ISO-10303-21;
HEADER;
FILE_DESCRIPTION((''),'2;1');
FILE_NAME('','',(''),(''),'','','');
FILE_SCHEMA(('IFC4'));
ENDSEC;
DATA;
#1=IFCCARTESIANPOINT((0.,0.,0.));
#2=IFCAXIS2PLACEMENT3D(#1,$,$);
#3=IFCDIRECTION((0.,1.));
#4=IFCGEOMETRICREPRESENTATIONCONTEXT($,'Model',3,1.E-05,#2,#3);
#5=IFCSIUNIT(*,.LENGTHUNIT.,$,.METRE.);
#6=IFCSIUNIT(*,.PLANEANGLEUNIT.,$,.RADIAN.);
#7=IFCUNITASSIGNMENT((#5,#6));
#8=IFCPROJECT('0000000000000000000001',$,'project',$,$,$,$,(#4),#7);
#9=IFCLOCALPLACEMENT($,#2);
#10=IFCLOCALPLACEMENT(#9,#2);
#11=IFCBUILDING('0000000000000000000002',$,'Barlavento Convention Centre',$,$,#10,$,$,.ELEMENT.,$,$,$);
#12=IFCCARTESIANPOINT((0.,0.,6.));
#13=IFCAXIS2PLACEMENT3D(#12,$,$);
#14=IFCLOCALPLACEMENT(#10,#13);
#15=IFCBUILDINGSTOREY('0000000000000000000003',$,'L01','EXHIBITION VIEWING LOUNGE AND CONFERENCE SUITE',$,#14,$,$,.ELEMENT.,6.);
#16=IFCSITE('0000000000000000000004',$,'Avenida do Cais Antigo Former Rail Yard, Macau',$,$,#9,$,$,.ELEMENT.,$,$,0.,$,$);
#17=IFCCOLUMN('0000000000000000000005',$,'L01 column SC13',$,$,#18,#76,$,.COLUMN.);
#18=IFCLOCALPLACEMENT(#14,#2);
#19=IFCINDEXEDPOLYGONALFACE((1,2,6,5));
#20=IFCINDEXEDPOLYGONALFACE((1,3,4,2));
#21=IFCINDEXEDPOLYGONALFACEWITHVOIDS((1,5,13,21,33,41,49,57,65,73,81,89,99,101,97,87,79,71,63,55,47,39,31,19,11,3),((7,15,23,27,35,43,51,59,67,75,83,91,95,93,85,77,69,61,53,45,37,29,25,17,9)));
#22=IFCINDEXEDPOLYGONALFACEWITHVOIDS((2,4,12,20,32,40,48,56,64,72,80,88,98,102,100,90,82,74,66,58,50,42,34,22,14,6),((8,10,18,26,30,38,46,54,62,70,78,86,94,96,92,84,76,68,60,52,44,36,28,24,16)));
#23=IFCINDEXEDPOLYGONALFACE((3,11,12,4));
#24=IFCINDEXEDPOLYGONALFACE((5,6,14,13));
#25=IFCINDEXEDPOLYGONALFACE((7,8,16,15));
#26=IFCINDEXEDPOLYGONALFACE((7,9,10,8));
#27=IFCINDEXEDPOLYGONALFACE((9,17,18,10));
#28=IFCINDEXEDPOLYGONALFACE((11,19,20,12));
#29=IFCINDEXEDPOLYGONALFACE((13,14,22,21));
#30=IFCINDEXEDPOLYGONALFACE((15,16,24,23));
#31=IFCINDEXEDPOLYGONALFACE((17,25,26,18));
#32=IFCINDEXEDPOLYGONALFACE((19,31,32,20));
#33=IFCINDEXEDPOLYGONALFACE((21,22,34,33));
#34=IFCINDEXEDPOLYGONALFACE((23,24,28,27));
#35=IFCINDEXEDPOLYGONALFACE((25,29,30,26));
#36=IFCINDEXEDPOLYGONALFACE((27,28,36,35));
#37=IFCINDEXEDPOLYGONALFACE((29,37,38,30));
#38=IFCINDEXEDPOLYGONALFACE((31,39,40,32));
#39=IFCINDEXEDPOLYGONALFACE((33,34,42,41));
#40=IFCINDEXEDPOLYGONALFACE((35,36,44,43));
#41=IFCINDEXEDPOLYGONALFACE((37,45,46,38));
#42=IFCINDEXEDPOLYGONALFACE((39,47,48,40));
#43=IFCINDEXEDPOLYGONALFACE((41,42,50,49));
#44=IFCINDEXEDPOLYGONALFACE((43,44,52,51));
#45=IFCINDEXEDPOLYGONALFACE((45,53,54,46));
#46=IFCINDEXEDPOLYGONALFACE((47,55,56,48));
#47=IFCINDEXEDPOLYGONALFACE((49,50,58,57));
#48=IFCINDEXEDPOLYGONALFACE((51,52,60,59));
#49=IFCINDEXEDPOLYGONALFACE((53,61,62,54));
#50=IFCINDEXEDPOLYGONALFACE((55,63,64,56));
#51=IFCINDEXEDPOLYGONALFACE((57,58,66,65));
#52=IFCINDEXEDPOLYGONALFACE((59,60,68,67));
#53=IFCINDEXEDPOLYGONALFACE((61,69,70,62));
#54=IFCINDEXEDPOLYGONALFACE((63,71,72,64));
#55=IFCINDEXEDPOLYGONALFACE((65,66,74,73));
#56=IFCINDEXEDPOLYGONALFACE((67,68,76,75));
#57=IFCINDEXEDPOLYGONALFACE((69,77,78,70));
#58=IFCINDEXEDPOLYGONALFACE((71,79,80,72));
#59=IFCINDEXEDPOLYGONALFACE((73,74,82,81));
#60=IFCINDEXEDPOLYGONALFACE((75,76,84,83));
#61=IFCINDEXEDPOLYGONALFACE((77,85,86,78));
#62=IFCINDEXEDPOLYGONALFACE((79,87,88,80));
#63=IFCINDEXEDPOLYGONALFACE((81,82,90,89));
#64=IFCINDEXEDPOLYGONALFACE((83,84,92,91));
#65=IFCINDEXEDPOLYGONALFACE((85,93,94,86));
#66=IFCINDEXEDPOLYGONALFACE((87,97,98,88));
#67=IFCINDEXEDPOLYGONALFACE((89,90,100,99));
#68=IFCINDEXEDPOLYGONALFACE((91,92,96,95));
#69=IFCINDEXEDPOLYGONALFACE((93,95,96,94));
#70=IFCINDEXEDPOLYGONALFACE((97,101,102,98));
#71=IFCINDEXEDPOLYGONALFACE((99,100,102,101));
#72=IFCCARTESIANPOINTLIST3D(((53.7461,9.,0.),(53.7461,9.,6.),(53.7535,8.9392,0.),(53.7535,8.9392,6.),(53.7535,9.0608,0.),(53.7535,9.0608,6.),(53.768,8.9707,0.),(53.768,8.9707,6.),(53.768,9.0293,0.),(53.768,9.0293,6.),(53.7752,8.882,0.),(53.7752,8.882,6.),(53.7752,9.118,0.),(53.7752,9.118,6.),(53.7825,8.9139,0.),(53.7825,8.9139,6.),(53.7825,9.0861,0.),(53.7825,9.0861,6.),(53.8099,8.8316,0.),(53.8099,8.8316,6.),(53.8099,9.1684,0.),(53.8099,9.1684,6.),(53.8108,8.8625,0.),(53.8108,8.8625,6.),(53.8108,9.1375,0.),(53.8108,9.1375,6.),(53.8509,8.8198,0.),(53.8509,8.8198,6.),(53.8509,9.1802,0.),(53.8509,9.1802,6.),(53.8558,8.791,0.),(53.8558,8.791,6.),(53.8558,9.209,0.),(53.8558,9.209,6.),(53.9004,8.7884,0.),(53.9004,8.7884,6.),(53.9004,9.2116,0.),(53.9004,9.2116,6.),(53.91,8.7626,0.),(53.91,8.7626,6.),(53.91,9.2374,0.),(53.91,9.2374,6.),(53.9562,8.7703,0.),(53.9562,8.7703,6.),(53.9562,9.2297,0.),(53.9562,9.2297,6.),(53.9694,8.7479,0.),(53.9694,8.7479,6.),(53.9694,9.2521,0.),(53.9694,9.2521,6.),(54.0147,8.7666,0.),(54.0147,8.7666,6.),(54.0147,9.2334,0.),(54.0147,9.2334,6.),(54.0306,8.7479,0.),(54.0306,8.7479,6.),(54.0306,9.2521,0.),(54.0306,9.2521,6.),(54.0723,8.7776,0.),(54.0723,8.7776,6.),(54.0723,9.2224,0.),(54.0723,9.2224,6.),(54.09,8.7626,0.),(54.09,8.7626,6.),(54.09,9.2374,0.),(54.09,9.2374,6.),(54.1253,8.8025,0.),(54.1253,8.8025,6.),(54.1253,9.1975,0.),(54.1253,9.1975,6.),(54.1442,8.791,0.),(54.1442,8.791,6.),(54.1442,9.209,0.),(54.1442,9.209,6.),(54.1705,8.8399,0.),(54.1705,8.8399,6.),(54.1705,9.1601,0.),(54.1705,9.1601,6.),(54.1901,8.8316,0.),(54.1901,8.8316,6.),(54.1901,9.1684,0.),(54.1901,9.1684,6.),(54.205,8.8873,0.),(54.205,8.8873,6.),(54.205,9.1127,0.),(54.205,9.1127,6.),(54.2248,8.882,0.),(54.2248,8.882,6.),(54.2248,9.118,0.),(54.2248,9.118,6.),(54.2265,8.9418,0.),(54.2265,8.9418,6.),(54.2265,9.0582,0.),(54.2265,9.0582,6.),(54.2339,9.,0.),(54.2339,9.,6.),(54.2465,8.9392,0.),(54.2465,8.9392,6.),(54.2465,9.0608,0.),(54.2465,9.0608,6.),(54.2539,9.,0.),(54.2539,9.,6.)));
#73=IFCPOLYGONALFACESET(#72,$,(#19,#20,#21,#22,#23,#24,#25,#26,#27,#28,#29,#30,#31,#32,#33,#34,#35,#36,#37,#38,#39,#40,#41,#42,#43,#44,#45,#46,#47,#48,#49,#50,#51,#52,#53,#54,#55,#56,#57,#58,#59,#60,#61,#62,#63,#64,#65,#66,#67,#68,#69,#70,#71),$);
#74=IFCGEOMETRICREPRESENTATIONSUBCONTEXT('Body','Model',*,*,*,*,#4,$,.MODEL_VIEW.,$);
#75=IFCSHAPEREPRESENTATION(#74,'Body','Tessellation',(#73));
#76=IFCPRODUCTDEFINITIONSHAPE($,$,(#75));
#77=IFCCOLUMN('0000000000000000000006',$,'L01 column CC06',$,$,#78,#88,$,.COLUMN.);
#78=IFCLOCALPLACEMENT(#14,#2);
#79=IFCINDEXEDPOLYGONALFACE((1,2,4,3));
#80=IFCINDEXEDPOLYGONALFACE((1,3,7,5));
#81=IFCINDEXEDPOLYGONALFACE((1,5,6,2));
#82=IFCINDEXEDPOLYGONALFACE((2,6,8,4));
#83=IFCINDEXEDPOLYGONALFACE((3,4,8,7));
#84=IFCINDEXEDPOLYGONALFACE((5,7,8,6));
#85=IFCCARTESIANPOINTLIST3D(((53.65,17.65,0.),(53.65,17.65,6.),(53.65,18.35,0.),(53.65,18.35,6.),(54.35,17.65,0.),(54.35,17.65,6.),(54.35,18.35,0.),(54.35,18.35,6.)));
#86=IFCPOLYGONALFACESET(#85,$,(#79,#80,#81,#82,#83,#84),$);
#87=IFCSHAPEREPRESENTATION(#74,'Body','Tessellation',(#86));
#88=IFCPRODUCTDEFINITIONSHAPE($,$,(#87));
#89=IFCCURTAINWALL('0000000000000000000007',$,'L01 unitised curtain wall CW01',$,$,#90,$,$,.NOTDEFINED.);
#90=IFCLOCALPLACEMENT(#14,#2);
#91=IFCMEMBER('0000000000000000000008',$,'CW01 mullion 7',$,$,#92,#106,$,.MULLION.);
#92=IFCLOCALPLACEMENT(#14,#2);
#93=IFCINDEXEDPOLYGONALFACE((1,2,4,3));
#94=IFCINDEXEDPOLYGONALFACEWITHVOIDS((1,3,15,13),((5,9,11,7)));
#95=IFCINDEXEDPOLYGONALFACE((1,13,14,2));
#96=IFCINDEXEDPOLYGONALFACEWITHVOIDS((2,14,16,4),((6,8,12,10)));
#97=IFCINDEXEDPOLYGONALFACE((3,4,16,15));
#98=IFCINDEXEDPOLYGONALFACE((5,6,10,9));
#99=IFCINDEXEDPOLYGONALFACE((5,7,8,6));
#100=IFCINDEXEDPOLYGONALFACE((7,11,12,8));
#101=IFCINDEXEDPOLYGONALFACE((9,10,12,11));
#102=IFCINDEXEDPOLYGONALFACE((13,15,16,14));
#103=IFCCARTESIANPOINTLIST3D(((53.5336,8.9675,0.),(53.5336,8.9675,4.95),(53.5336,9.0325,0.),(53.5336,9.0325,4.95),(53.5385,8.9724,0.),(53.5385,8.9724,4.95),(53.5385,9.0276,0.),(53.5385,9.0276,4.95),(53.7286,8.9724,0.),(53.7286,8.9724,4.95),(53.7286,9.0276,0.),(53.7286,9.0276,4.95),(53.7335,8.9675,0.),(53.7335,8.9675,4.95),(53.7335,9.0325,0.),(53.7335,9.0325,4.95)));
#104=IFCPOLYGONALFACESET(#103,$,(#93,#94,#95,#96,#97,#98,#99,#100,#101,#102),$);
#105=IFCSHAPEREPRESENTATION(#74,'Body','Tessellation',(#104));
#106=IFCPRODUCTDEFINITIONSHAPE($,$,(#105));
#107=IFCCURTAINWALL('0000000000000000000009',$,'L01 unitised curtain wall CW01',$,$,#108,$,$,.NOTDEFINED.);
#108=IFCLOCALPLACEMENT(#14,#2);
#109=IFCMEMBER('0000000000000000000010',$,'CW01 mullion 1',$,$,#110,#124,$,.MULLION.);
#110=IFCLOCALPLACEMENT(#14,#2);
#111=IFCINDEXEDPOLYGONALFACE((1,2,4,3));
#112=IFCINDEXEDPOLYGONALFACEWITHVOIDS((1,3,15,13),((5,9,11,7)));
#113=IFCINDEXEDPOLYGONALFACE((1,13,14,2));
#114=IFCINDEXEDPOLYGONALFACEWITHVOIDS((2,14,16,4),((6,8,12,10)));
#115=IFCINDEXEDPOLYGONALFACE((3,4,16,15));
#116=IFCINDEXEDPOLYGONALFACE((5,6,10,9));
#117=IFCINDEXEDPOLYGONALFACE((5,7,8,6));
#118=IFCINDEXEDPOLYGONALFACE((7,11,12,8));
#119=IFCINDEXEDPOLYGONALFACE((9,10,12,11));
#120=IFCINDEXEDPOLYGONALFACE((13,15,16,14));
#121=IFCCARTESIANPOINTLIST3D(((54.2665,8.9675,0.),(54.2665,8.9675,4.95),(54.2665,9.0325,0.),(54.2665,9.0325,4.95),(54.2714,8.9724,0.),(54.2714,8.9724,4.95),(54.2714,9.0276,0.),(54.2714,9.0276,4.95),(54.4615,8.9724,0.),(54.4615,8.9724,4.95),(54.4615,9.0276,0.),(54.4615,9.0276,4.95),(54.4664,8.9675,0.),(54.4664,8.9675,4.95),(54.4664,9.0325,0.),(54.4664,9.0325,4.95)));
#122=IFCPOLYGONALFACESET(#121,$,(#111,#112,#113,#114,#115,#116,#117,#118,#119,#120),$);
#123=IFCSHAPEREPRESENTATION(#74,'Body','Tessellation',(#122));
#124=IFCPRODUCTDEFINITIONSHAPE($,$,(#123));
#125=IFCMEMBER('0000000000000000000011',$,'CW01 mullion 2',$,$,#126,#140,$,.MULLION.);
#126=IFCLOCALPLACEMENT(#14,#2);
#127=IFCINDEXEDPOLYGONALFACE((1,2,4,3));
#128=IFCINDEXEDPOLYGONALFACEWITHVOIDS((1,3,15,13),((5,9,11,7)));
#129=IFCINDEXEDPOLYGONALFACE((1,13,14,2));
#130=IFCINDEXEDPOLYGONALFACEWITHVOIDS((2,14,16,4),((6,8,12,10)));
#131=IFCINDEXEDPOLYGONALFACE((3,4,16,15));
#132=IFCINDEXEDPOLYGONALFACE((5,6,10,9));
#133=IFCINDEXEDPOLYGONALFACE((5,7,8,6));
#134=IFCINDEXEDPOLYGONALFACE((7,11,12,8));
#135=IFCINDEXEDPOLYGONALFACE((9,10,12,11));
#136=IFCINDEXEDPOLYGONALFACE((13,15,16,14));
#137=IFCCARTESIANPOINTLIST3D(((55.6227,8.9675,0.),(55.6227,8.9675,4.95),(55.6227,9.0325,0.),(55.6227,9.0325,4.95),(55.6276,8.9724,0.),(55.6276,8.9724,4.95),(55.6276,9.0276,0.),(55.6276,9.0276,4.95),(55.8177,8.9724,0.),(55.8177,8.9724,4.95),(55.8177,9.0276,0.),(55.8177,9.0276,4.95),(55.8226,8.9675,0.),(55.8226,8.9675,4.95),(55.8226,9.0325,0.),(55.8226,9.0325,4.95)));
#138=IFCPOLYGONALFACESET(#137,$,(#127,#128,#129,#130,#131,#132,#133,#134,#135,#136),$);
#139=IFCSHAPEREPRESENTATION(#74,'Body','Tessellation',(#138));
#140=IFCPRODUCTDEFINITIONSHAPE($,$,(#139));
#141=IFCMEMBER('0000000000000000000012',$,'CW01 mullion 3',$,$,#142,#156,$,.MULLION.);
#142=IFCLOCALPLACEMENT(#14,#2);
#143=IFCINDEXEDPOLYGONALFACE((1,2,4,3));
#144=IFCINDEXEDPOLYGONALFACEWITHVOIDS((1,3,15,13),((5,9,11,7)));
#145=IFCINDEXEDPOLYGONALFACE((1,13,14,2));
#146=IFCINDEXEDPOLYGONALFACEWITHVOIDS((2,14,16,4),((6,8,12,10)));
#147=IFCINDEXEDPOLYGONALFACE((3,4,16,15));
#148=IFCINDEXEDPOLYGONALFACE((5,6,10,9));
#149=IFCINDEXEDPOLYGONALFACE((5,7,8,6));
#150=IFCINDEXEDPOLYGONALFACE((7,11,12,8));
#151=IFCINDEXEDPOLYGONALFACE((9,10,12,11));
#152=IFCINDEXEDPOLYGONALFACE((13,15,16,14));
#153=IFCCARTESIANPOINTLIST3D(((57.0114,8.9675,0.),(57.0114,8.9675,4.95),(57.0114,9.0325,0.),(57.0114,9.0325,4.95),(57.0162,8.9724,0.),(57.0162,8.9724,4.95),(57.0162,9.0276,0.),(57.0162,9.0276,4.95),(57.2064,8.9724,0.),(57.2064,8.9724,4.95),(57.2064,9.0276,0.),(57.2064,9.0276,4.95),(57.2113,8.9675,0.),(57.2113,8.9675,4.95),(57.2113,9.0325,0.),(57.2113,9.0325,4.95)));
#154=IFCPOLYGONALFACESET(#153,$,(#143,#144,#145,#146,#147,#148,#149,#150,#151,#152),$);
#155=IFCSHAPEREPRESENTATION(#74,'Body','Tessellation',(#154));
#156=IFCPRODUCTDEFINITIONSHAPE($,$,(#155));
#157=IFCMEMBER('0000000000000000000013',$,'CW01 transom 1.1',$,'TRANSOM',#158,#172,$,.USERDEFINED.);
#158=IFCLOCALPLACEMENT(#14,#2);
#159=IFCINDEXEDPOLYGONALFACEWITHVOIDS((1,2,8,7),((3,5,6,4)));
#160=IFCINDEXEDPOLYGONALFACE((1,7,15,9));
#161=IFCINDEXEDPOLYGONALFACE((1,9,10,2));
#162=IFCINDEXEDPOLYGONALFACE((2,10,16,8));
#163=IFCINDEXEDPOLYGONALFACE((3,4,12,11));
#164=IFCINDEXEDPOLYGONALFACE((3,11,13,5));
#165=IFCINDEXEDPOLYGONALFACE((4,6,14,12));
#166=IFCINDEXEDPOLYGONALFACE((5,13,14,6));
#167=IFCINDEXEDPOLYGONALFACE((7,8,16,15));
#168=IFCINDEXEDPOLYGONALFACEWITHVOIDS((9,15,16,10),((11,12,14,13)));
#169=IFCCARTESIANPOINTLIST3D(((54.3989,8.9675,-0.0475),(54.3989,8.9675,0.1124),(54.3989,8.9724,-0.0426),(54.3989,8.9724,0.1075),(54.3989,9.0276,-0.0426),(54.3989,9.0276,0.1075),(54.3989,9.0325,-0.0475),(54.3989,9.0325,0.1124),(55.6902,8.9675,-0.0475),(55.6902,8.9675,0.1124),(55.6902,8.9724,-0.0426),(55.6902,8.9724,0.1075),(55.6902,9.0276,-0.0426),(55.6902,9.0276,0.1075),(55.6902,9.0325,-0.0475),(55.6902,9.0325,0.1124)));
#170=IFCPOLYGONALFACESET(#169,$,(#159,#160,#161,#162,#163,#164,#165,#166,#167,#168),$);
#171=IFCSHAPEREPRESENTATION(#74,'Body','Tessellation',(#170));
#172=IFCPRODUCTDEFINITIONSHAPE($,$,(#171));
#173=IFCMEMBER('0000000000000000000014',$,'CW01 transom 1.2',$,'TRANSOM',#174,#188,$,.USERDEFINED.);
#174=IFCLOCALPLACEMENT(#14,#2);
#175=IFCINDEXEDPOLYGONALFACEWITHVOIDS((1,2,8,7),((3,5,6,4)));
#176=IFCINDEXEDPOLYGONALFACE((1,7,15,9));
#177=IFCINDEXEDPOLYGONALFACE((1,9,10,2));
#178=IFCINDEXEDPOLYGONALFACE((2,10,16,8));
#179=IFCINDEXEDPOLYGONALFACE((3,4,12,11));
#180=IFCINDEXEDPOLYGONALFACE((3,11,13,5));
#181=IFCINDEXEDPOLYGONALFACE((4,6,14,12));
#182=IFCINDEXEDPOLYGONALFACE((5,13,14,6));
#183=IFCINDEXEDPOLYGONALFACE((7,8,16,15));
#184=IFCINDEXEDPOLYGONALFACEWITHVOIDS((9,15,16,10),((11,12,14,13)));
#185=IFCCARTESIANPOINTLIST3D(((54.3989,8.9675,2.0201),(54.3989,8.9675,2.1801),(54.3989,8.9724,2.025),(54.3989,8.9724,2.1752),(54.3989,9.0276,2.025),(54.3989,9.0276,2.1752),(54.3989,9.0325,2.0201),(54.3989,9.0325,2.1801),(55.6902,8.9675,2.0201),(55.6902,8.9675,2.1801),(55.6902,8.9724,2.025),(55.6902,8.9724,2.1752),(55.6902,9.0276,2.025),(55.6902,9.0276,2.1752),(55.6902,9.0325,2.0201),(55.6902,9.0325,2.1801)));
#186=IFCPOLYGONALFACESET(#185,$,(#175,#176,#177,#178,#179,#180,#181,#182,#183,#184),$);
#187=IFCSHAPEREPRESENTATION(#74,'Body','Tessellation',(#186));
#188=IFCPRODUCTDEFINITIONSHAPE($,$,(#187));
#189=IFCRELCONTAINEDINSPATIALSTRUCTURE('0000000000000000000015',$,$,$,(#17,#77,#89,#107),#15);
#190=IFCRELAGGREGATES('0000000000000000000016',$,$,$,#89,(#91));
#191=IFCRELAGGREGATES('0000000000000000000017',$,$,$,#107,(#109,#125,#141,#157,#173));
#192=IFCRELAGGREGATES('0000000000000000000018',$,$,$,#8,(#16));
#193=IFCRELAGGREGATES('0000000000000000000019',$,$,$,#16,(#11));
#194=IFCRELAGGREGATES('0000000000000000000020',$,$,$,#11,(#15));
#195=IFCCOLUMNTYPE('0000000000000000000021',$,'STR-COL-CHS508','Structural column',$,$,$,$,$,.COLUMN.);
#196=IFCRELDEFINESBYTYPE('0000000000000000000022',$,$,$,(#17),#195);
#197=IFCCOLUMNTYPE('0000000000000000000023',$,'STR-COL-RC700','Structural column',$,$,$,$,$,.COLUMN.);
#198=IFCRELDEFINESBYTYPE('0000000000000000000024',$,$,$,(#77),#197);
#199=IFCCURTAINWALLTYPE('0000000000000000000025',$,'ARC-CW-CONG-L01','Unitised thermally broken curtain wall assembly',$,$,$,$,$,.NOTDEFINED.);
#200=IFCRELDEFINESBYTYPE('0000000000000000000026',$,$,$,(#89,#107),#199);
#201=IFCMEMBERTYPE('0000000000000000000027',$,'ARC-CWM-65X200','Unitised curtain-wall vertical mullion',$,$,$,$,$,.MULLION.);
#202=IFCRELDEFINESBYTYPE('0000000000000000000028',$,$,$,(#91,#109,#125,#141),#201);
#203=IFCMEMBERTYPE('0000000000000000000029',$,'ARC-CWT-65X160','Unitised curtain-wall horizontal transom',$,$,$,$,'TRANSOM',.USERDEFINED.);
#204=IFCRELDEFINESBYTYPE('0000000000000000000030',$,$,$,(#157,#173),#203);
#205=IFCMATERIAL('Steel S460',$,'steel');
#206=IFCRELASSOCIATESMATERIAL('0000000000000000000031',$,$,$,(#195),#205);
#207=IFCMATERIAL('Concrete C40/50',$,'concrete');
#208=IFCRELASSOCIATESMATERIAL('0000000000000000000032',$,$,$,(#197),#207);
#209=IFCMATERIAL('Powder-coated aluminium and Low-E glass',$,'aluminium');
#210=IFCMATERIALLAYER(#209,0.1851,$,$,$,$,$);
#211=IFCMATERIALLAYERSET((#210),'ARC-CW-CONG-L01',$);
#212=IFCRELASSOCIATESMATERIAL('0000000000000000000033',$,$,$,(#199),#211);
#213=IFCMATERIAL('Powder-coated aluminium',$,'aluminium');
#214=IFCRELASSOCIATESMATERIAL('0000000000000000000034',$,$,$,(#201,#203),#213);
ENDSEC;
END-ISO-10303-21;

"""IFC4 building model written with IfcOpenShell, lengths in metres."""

from ifc_helpers import new_model, si_unit, direction, frame, origin, origin_2d, place, context, subcontext, project, spatial, rectangle, hollow_rectangle, hollow_circle, extrude, material, layer, layer_set, material_profile, profile_set, type_object, element, aggregate, save


model = new_model("IFC4")

# Units and contexts
model_context = context("Model", 3, precision=1e-05, world=origin(), true_north=direction((0.0, 1.0)))
body_context = subcontext(model_context, "Body", "Model", "MODEL_VIEW")
ifc_project = project(units=[si_unit("LENGTHUNIT", "METRE"), si_unit("PLANEANGLEUNIT", "RADIAN")], contexts=[model_context])

# Site, building, storey
site_placement = place(None, origin())
site = spatial("IfcSite", under=ifc_project, at=site_placement, Name="Avenida do Cais Antigo Former Rail Yard, Macau", CompositionType="ELEMENT", RefElevation=0.0)
building_placement = place(site_placement, origin())
building = spatial("IfcBuilding", under=site, at=building_placement, Name="Barlavento Convention Centre", CompositionType="ELEMENT")
storey_placement = place(building_placement, frame((0.0, 0.0, 6.0)))
storey = spatial("IfcBuildingStorey", under=building, at=storey_placement, Name="L01", Description="EXHIBITION VIEWING LOUNGE AND CONFERENCE SUITE", CompositionType="ELEMENT", Elevation=6.0)

# Columns
ifc_material_1 = material(Name="Steel S460", Category="steel")
ifc_material_profile_1 = material_profile(ifc_material_1, hollow_circle(Radius=0.2539, WallThickness=0.02, at=origin_2d()), Name="CHS 508.0x20.0")
ifc_profile_set_1 = profile_set([ifc_material_profile_1], Name="Steel S460")
column_type_1 = type_object("IfcColumnType", Name="STR-COL-CHS508", Description="Structural column", PredefinedType="COLUMN", material=ifc_profile_set_1)
column_1_placement = place(storey_placement, frame((54.0, 9.0, 0.0), z_axis=(0.0, 0.0, 1.0), x_axis=(1.0, 0.0, 0.0)))
element("IfcColumn", 1, at=column_1_placement, inside=storey, type_object=column_type_1, Name="L01 column SC13", PredefinedType="COLUMN", context=body_context, shape_type="SweptSolid", body=[
    extrude(hollow_circle(Radius=0.2539, WallThickness=0.02, at=origin_2d()), origin(), (0.0, 0.0, 1.0), 6.0),
])
ifc_material_2 = material(Name="Concrete C40/50", Category="concrete")
ifc_material_profile_2 = material_profile(ifc_material_2, rectangle(XDim=0.7, YDim=0.7, at=origin_2d()), Name="RC 700x700")
ifc_profile_set_2 = profile_set([ifc_material_profile_2], Name="Concrete C40/50")
column_type_2 = type_object("IfcColumnType", Name="STR-COL-RC700", Description="Structural column", PredefinedType="COLUMN", material=ifc_profile_set_2)
column_2_placement = place(storey_placement, frame((54.0, 18.0, 0.0), z_axis=(0.0, 0.0, 1.0), x_axis=(1.0, 0.0, 0.0)))
element("IfcColumn", 2, at=column_2_placement, inside=storey, type_object=column_type_2, Name="L01 column CC06", PredefinedType="COLUMN", context=body_context, shape_type="SweptSolid", body=[
    extrude(rectangle(XDim=0.7, YDim=0.7, at=origin_2d()), origin(), (0.0, 0.0, 1.0), 6.0),
])

# Curtain wall, member
ifc_material_3 = material(Name="Powder-coated aluminium and Low-E glass", Category="aluminium")
ifc_layer_1 = layer(ifc_material_3, 0.1851)
ifc_layer_set_1 = layer_set([ifc_layer_1], Name="ARC-CW-CONG-L01")
curtain_wall_type = type_object("IfcCurtainWallType", Name="ARC-CW-CONG-L01", Description="Unitised thermally broken curtain wall assembly", PredefinedType="NOTDEFINED", material=ifc_layer_set_1)
curtain_wall_1_placement = place(storey_placement, origin())
curtain_wall_1 = element("IfcCurtainWall", 3, at=curtain_wall_1_placement, inside=storey, type_object=curtain_wall_type, Name="L01 unitised curtain wall CW01", PredefinedType="NOTDEFINED")
ifc_material_4 = material(Name="Powder-coated aluminium", Category="aluminium")
ifc_material_profile_3 = material_profile(ifc_material_4, hollow_rectangle(XDim=0.0649, YDim=0.2, WallThickness=0.0049, at=origin_2d()), Name="AL-MULL 65x200x5")
ifc_profile_set_3 = profile_set([ifc_material_profile_3], Name="Powder-coated aluminium")
member_type_1 = type_object("IfcMemberType", Name="ARC-CWM-65X200", Description="Unitised curtain-wall vertical mullion", PredefinedType="MULLION", material=ifc_profile_set_3)
member_1_placement = place(storey_placement, frame((53.6335, 9.0, 0.0), z_axis=(0.0, 0.0, 1.0), x_axis=(0.0, 1.0, 0.0)))
member_1 = element("IfcMember", 4, at=member_1_placement, type_object=member_type_1, Name="CW01 mullion 7", PredefinedType="MULLION", context=body_context, shape_type="SweptSolid", body=[
    extrude(hollow_rectangle(XDim=0.0649, YDim=0.2, WallThickness=0.0049, at=origin_2d()), origin(), (0.0, 0.0, 1.0), 4.95),
])
aggregate(curtain_wall_1, [member_1])

# Curtain wall, members
curtain_wall_2_placement = place(storey_placement, origin())
curtain_wall_2 = element("IfcCurtainWall", 5, at=curtain_wall_2_placement, inside=storey, type_object=curtain_wall_type, Name="L01 unitised curtain wall CW01", PredefinedType="NOTDEFINED")
member_2_placement = place(storey_placement, frame((54.3665, 9.0, 0.0), z_axis=(0.0, 0.0, 1.0), x_axis=(0.0, 1.0, 0.0)))
member_2 = element("IfcMember", 6, at=member_2_placement, type_object=member_type_1, Name="CW01 mullion 1", PredefinedType="MULLION", context=body_context, shape_type="SweptSolid", body=[
    extrude(hollow_rectangle(XDim=0.0649, YDim=0.2, WallThickness=0.0049, at=origin_2d()), origin(), (0.0, 0.0, 1.0), 4.95),
])
member_3_placement = place(storey_placement, frame((55.7227, 9.0, 0.0), z_axis=(0.0, 0.0, 1.0), x_axis=(0.0, 1.0, 0.0)))
member_3 = element("IfcMember", 7, at=member_3_placement, type_object=member_type_1, Name="CW01 mullion 2", PredefinedType="MULLION", context=body_context, shape_type="SweptSolid", body=[
    extrude(hollow_rectangle(XDim=0.0649, YDim=0.2, WallThickness=0.0049, at=origin_2d()), origin(), (0.0, 0.0, 1.0), 4.95),
])
member_4_placement = place(storey_placement, frame((57.1113, 9.0, 0.0), z_axis=(0.0, 0.0, 1.0), x_axis=(0.0, 1.0, 0.0)))
member_4 = element("IfcMember", 8, at=member_4_placement, type_object=member_type_1, Name="CW01 mullion 3", PredefinedType="MULLION", context=body_context, shape_type="SweptSolid", body=[
    extrude(hollow_rectangle(XDim=0.0649, YDim=0.2, WallThickness=0.0049, at=origin_2d()), origin(), (0.0, 0.0, 1.0), 4.95),
])
ifc_material_profile_4 = material_profile(ifc_material_4, hollow_rectangle(XDim=0.0649, YDim=0.1599, WallThickness=0.0049, at=origin_2d()), Name="AL-TRAN 65x160x5")
ifc_profile_set_4 = profile_set([ifc_material_profile_4], Name="Powder-coated aluminium")
member_type_2 = type_object("IfcMemberType", Name="ARC-CWT-65X160", Description="Unitised curtain-wall horizontal transom", ElementType="TRANSOM", PredefinedType="USERDEFINED", material=ifc_profile_set_4)
member_5_placement = place(storey_placement, frame((54.3989, 9.0, 0.0325), z_axis=(1.0, 0.0, 0.0), x_axis=(0.0, 1.0, 0.0)))
member_5 = element("IfcMember", 9, at=member_5_placement, type_object=member_type_2, Name="CW01 transom 1.1", ObjectType="TRANSOM", PredefinedType="USERDEFINED", context=body_context, shape_type="SweptSolid", body=[
    extrude(hollow_rectangle(XDim=0.0649, YDim=0.1599, WallThickness=0.0049, at=origin_2d()), origin(), (0.0, 0.0, 1.0), 1.2913),
])
member_6_placement = place(storey_placement, frame((54.3989, 9.0, 2.1001), z_axis=(1.0, 0.0, 0.0), x_axis=(0.0, 1.0, 0.0)))
member_6 = element("IfcMember", 10, at=member_6_placement, type_object=member_type_2, Name="CW01 transom 1.2", ObjectType="TRANSOM", PredefinedType="USERDEFINED", context=body_context, shape_type="SweptSolid", body=[
    extrude(hollow_rectangle(XDim=0.0649, YDim=0.1599, WallThickness=0.0049, at=origin_2d()), origin(), (0.0, 0.0, 1.0), 1.2913),
])

aggregate(curtain_wall_2, [member_2, member_3, member_4, member_5, member_6])

save(model, "model.ifc")
